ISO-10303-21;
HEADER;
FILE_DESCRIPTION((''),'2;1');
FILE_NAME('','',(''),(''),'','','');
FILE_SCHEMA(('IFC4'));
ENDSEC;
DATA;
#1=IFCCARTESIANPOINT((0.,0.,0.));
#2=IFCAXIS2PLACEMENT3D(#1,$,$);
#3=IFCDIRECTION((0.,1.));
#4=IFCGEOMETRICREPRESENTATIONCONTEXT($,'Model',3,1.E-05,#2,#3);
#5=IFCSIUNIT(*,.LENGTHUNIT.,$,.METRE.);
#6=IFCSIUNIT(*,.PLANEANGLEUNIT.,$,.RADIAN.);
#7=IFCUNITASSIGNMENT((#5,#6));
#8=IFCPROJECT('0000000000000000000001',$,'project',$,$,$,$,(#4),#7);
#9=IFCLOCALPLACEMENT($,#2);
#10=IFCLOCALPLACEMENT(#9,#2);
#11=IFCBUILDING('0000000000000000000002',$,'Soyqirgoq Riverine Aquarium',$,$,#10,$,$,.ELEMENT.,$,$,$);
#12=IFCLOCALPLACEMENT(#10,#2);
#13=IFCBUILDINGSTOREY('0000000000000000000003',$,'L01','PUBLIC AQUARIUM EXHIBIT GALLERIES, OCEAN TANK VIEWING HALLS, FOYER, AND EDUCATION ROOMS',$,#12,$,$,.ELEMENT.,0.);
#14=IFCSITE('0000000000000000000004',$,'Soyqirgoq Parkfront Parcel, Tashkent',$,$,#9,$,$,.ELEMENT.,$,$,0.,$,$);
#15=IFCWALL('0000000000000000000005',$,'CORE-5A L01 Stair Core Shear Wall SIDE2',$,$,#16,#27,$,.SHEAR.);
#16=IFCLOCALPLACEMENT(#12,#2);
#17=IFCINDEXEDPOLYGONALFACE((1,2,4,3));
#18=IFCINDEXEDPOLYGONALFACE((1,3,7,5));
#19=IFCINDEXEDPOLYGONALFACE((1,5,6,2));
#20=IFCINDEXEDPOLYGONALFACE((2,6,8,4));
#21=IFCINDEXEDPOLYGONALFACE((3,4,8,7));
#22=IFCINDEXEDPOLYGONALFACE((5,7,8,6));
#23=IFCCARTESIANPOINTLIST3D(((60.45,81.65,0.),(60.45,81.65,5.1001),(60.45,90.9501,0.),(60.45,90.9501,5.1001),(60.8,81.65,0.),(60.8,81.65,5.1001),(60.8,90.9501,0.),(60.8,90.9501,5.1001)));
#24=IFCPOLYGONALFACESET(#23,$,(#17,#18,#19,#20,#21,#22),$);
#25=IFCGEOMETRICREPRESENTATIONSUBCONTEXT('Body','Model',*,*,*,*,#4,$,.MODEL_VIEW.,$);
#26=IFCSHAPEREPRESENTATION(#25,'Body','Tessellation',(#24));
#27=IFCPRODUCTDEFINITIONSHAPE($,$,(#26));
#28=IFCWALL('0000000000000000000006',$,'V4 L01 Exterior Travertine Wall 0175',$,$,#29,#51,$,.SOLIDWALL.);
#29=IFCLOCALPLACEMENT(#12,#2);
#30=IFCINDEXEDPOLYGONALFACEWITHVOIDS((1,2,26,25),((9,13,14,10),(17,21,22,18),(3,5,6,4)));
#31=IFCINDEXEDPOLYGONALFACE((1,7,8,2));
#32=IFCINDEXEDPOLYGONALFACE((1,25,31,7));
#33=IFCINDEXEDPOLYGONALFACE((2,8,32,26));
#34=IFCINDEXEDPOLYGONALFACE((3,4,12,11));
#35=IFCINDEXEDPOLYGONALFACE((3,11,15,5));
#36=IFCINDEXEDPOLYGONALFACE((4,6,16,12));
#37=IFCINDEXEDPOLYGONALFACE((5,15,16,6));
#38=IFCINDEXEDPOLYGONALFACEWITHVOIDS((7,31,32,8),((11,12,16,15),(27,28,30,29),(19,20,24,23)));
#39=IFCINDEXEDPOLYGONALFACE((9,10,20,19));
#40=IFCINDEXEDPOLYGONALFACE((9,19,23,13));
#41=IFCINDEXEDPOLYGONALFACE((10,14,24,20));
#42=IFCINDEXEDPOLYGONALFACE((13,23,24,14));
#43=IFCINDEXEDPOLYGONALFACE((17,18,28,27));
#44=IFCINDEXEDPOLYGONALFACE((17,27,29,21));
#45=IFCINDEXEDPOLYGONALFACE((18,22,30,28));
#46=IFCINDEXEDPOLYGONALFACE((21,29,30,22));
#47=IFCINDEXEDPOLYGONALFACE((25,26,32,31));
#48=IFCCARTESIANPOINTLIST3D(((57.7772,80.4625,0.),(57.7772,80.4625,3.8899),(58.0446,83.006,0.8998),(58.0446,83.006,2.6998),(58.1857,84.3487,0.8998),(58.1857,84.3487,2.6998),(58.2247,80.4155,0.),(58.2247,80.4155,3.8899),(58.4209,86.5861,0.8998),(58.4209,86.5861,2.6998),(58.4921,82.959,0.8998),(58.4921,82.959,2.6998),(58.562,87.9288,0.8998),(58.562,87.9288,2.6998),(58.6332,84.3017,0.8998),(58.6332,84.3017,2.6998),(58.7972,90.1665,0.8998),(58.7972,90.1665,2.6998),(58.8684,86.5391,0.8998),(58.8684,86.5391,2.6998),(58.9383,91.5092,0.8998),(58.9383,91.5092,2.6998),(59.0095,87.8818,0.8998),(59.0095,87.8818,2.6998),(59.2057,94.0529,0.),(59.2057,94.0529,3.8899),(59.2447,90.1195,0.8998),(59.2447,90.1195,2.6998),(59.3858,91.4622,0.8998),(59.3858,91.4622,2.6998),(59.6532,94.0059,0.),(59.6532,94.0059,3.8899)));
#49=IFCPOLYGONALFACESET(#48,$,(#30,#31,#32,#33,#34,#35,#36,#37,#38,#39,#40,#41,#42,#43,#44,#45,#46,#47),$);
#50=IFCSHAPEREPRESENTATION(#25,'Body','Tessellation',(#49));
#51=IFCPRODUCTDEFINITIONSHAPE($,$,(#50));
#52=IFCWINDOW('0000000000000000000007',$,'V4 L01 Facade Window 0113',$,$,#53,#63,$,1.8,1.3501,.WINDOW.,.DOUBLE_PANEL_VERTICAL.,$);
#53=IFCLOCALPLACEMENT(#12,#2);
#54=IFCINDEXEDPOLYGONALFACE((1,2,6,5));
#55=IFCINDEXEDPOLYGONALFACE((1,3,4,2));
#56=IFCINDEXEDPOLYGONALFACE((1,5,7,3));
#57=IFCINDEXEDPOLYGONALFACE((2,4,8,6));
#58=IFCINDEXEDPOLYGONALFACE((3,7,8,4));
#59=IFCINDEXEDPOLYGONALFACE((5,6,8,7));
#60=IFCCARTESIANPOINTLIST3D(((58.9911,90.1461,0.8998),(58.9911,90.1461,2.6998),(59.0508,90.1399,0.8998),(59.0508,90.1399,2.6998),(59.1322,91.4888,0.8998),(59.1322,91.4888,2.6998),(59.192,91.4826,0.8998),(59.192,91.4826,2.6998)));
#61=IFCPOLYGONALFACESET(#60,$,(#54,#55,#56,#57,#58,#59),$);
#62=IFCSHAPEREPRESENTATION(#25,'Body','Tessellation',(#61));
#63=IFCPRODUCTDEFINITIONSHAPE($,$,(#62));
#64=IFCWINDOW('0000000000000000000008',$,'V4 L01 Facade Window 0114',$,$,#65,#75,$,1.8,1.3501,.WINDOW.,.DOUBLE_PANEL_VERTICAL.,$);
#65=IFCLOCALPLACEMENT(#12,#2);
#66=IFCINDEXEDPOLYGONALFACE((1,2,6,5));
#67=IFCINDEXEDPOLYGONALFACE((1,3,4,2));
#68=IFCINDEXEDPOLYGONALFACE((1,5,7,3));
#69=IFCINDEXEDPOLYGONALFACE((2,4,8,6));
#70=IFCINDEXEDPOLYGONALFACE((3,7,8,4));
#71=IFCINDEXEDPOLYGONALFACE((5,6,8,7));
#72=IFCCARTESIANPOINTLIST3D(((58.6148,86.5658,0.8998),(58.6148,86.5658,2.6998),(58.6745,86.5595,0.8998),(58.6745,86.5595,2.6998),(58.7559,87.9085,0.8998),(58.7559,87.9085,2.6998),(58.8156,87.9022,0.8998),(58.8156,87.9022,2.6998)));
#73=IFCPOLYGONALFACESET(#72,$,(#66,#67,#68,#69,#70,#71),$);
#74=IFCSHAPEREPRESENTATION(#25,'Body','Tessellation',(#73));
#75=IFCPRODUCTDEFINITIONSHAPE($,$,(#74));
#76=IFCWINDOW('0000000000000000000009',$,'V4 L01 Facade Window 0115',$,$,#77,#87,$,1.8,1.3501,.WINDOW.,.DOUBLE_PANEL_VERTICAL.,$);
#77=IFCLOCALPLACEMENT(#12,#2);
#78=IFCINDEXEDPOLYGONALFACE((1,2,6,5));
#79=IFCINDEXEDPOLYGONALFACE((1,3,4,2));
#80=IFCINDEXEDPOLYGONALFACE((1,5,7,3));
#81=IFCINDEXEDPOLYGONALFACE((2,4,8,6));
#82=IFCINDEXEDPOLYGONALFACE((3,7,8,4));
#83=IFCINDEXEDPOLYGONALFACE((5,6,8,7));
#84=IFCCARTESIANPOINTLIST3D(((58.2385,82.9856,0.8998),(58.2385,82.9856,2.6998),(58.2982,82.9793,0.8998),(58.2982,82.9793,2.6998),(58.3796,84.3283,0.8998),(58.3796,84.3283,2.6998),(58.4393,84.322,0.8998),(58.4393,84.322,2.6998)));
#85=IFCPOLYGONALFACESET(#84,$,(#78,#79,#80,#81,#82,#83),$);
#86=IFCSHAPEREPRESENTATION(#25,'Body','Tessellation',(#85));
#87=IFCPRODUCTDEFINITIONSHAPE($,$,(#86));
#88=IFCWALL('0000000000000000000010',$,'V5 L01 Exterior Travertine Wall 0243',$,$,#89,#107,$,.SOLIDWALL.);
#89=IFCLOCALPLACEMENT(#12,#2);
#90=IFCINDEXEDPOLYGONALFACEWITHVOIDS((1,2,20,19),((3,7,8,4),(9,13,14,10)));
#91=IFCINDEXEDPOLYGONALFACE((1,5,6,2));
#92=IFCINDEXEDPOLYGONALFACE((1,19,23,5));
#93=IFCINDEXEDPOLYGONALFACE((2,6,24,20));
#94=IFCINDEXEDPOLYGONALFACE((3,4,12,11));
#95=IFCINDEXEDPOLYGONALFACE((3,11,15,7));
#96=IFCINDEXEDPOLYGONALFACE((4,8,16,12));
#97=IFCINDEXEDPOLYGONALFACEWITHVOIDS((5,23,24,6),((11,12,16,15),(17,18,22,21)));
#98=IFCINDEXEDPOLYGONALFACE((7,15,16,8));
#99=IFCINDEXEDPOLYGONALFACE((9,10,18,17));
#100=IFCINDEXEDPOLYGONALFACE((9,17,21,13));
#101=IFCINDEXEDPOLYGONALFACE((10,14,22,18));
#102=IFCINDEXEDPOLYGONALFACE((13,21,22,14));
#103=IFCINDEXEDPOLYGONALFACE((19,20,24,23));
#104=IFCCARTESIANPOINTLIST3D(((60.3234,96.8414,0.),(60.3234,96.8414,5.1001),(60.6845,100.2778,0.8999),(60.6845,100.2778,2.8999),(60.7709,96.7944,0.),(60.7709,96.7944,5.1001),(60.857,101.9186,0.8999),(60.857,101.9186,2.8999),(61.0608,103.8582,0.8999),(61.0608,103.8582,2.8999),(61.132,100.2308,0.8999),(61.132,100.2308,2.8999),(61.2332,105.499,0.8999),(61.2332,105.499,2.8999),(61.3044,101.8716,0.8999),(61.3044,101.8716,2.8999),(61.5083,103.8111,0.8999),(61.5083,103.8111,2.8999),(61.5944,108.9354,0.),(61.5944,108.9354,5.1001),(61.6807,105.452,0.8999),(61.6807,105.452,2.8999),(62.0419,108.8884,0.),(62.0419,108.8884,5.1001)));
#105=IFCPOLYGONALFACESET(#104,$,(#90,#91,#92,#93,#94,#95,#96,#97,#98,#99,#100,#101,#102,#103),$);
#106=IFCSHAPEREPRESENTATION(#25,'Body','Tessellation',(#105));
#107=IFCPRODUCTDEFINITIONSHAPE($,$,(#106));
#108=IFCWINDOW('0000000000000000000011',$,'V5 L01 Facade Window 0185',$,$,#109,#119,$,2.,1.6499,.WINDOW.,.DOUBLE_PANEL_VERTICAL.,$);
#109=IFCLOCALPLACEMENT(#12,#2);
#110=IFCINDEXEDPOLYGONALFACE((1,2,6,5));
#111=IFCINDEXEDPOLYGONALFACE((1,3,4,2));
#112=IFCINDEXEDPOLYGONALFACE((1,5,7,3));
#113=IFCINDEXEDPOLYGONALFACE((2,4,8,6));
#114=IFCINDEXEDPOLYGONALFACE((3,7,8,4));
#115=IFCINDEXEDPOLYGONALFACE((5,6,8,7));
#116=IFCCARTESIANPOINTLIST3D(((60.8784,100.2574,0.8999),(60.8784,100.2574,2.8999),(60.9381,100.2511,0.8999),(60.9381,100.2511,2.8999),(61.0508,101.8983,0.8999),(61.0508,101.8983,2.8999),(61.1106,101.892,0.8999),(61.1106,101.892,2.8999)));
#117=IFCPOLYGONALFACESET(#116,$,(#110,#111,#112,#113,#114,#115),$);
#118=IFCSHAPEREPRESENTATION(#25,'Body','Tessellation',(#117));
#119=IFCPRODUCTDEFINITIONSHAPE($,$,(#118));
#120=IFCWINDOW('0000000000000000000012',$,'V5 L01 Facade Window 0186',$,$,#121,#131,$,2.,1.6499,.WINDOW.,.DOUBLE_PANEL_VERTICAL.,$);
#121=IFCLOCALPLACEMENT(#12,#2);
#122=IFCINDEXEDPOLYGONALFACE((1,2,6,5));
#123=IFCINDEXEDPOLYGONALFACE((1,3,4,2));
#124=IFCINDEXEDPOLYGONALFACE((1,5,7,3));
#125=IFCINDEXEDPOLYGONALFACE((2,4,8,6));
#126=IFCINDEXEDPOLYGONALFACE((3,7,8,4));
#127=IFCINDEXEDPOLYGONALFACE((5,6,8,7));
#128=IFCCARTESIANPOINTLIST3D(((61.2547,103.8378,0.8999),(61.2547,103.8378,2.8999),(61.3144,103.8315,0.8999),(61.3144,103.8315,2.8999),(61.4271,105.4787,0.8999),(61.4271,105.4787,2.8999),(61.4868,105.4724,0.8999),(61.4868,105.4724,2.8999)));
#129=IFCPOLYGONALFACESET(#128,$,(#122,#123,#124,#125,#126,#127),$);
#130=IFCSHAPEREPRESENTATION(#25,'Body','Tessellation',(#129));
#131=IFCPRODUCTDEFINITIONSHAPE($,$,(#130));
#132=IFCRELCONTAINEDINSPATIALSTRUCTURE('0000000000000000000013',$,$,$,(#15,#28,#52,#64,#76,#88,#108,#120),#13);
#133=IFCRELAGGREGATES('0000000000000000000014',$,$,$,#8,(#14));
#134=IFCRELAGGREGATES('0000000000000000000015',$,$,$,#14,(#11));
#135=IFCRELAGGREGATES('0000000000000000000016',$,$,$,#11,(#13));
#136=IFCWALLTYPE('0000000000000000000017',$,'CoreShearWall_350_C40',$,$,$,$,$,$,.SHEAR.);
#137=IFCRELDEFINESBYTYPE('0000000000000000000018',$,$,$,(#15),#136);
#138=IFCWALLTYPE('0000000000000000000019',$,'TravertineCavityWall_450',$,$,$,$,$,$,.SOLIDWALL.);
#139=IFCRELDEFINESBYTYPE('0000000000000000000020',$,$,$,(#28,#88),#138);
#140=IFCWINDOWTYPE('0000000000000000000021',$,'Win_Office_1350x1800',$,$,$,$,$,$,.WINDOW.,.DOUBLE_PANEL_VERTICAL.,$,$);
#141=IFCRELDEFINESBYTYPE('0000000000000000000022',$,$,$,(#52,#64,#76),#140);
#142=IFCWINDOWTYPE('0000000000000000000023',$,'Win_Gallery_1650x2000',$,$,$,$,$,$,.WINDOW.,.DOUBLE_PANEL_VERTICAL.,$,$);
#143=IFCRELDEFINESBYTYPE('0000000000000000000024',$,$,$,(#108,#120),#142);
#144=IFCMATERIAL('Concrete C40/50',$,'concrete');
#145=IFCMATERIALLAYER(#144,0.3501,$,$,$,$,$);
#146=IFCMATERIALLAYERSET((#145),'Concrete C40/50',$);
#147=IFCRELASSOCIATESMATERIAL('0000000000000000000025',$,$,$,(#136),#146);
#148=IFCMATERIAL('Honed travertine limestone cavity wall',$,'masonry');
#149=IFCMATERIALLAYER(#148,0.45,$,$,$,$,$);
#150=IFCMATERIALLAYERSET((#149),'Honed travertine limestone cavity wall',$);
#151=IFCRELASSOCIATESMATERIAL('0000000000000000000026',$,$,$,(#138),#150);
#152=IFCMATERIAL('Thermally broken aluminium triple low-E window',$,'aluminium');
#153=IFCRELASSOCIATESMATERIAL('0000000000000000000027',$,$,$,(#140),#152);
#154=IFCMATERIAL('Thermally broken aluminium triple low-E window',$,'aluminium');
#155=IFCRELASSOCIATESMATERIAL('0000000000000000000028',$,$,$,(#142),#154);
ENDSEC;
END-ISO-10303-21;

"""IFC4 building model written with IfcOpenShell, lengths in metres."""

from ifc_helpers import new_model, si_unit, direction, frame, frame_2d, origin, place, context, subcontext, project, spatial, rectangle, extrude, material, layer, layer_set, type_object, element, fill, save


model = new_model("IFC4")

# Units and contexts
model_context = context("Model", 3, precision=1e-05, world=origin(), true_north=direction((0.0, 1.0)))
body_context = subcontext(model_context, "Body", "Model", "MODEL_VIEW")
ifc_project = project(units=[si_unit("LENGTHUNIT", "METRE"), si_unit("PLANEANGLEUNIT", "RADIAN")], contexts=[model_context])

# Site, building, storey
site_placement = place(None, origin())
site = spatial("IfcSite", under=ifc_project, at=site_placement, Name="Soyqirgoq Parkfront Parcel, Tashkent", CompositionType="ELEMENT", RefElevation=0.0)
building_placement = place(site_placement, origin())
building = spatial("IfcBuilding", under=site, at=building_placement, Name="Soyqirgoq Riverine Aquarium", CompositionType="ELEMENT")
storey_placement = place(building_placement, origin())
storey = spatial("IfcBuildingStorey", under=building, at=storey_placement, Name="L01", Description="PUBLIC AQUARIUM EXHIBIT GALLERIES, OCEAN TANK VIEWING HALLS, FOYER, AND EDUCATION ROOMS", CompositionType="ELEMENT", Elevation=0.0)

# Wall
ifc_material_1 = material(Name="Concrete C40/50", Category="concrete")
ifc_layer_1 = layer(ifc_material_1, 0.3501)
ifc_layer_set_1 = layer_set([ifc_layer_1], Name="Concrete C40/50")
wall_type_1 = type_object("IfcWallType", Name="CoreShearWall_350_C40", PredefinedType="SHEAR", material=ifc_layer_set_1)
wall_1_placement = place(storey_placement, frame((60.625, 90.95, 0.0), z_axis=(0.0, 0.0, 1.0), x_axis=(0.0, -1.0, 0.0)))
element("IfcWall", 1, at=wall_1_placement, inside=storey, type_object=wall_type_1, Name="CORE-5A L01 Stair Core Shear Wall SIDE2", PredefinedType="SHEAR", context=body_context, shape_type="SweptSolid", body=[
    extrude(rectangle(XDim=9.3, YDim=0.3501, at=frame_2d((4.6499, 0.0))), origin(), (0.0, 0.0, 1.0), 5.1001),
])

# Walls, openings, windows
ifc_material_2 = material(Name="Honed travertine limestone cavity wall", Category="masonry")
ifc_layer_2 = layer(ifc_material_2, 0.45)
ifc_layer_set_2 = layer_set([ifc_layer_2], Name="Honed travertine limestone cavity wall")
wall_type_2 = type_object("IfcWallType", Name="TravertineCavityWall_450", PredefinedType="SOLIDWALL", material=ifc_layer_set_2)
wall_2_placement = place(storey_placement, frame((59.4294, 94.0293, 0.0), z_axis=(0.0, 0.0, 1.0), x_axis=(-0.104533, -0.994521, 0.0)))
wall_2 = element("IfcWall", 2, at=wall_2_placement, inside=storey, type_object=wall_type_2, Name="V4 L01 Exterior Travertine Wall 0175", PredefinedType="SOLIDWALL", context=body_context, shape_type="SweptSolid", body=[
    extrude(rectangle(XDim=13.6653, YDim=0.45, at=frame_2d((6.8325, 0.0))), origin(), (0.0, 0.0, 1.0), 3.8899),
])
opening_1_placement = place(wall_2_placement, frame((2.5576, 0.0, 0.8999)))
opening_1 = element("IfcOpeningElement", 3, at=opening_1_placement, cuts=wall_2, PredefinedType="OPENING", context=body_context, shape_type="SweptSolid", body=[
    extrude(rectangle(XDim=1.3501, YDim=1.8, at=frame_2d((0.675, 0.8999))), frame((0.0, 0.2349, 0.0), z_axis=(0.0, -1.0, 0.0), x_axis=(1.0, 0.0, 0.0)), (0.0, 0.0, 1.0), 0.47),
])
opening_2_placement = place(wall_2_placement, frame((6.1577, 0.0, 0.8999)))
opening_2 = element("IfcOpeningElement", 4, at=opening_2_placement, cuts=wall_2, PredefinedType="OPENING", context=body_context, shape_type="SweptSolid", body=[
    extrude(rectangle(XDim=1.3501, YDim=1.8, at=frame_2d((0.675, 0.8999))), frame((0.0, 0.2349, 0.0), z_axis=(0.0, -1.0, 0.0), x_axis=(1.0, 0.0, 0.0)), (0.0, 0.0, 1.0), 0.47),
])
opening_3_placement = place(wall_2_placement, frame((9.7576, 0.0, 0.8999)))
opening_3 = element("IfcOpeningElement", 5, at=opening_3_placement, cuts=wall_2, PredefinedType="OPENING", context=body_context, shape_type="SweptSolid", body=[
    extrude(rectangle(XDim=1.3501, YDim=1.8, at=frame_2d((0.675, 0.8999))), frame((0.0, 0.2349, 0.0), z_axis=(0.0, -1.0, 0.0), x_axis=(1.0, 0.0, 0.0)), (0.0, 0.0, 1.0), 0.47),
])
ifc_material_3 = material(Name="Thermally broken aluminium triple low-E window", Category="aluminium")
window_type_1 = type_object("IfcWindowType", Name="Win_Office_1350x1800", PartitioningType="DOUBLE_PANEL_VERTICAL", PredefinedType="WINDOW", material=ifc_material_3)
window_1_placement = place(opening_1_placement, origin())
window_1 = element("IfcWindow", 6, at=window_1_placement, inside=storey, type_object=window_type_1, Name="V4 L01 Facade Window 0113", OverallHeight=1.8, OverallWidth=1.3501, PartitioningType="DOUBLE_PANEL_VERTICAL", PredefinedType="WINDOW", context=body_context, shape_type="SweptSolid", body=[
    extrude(rectangle(XDim=1.3501, YDim=1.8, at=frame_2d((0.675, 0.8999))), frame((0.0, 0.03, 0.0), z_axis=(0.0, -1.0, 0.0), x_axis=(1.0, 0.0, 0.0)), (0.0, 0.0, 1.0), 0.0601),
])
fill(opening_1, window_1)
window_2_placement = place(opening_2_placement, origin())
window_2 = element("IfcWindow", 7, at=window_2_placement, inside=storey, type_object=window_type_1, Name="V4 L01 Facade Window 0114", OverallHeight=1.8, OverallWidth=1.3501, PartitioningType="DOUBLE_PANEL_VERTICAL", PredefinedType="WINDOW", context=body_context, shape_type="SweptSolid", body=[
    extrude(rectangle(XDim=1.3501, YDim=1.8, at=frame_2d((0.675, 0.8999))), frame((0.0, 0.03, 0.0), z_axis=(0.0, -1.0, 0.0), x_axis=(1.0, 0.0, 0.0)), (0.0, 0.0, 1.0), 0.0601),
])
fill(opening_2, window_2)
window_3_placement = place(opening_3_placement, origin())
window_3 = element("IfcWindow", 8, at=window_3_placement, inside=storey, type_object=window_type_1, Name="V4 L01 Facade Window 0115", OverallHeight=1.8, OverallWidth=1.3501, PartitioningType="DOUBLE_PANEL_VERTICAL", PredefinedType="WINDOW", context=body_context, shape_type="SweptSolid", body=[
    extrude(rectangle(XDim=1.3501, YDim=1.8, at=frame_2d((0.675, 0.8999))), frame((0.0, 0.03, 0.0), z_axis=(0.0, -1.0, 0.0), x_axis=(1.0, 0.0, 0.0)), (0.0, 0.0, 1.0), 0.0601),
])
fill(opening_3, window_3)
wall_3_placement = place(storey_placement, frame((60.5471, 96.8179, 0.0), z_axis=(0.0, 0.0, 1.0), x_axis=(0.104518, 0.994523, 0.0)))
wall_3 = element("IfcWall", 9, at=wall_3_placement, inside=storey, type_object=wall_type_2, Name="V5 L01 Exterior Travertine Wall 0243", PredefinedType="SOLIDWALL", context=body_context, shape_type="SweptSolid", body=[
    extrude(rectangle(XDim=12.1606, YDim=0.45, at=frame_2d((6.0803, 0.0))), origin(), (0.0, 0.0, 1.0), 5.1001),
])
opening_4_placement = place(wall_3_placement, frame((3.4553, 0.0, 0.8999)))
opening_4 = element("IfcOpeningElement", 10, at=opening_4_placement, cuts=wall_3, PredefinedType="OPENING", context=body_context, shape_type="SweptSolid", body=[
    extrude(rectangle(XDim=1.6499, YDim=2.0, at=frame_2d((0.825, 1.0))), frame((0.0, 0.2349, 0.0), z_axis=(0.0, -1.0, 0.0), x_axis=(1.0, 0.0, 0.0)), (0.0, 0.0, 1.0), 0.47),
])
opening_5_placement = place(wall_3_placement, frame((7.0554, 0.0, 0.8999)))
opening_5 = element("IfcOpeningElement", 11, at=opening_5_placement, cuts=wall_3, PredefinedType="OPENING", context=body_context, shape_type="SweptSolid", body=[
    extrude(rectangle(XDim=1.6499, YDim=2.0, at=frame_2d((0.825, 1.0))), frame((0.0, 0.2349, 0.0), z_axis=(0.0, -1.0, 0.0), x_axis=(1.0, 0.0, 0.0)), (0.0, 0.0, 1.0), 0.47),
])
ifc_material_4 = material(Name="Thermally broken aluminium triple low-E window", Category="aluminium")
window_type_2 = type_object("IfcWindowType", Name="Win_Gallery_1650x2000", PartitioningType="DOUBLE_PANEL_VERTICAL", PredefinedType="WINDOW", material=ifc_material_4)
window_4_placement = place(opening_4_placement, origin())
window_4 = element("IfcWindow", 12, at=window_4_placement, inside=storey, type_object=window_type_2, Name="V5 L01 Facade Window 0185", OverallHeight=2.0, OverallWidth=1.6499, PartitioningType="DOUBLE_PANEL_VERTICAL", PredefinedType="WINDOW", context=body_context, shape_type="SweptSolid", body=[
    extrude(rectangle(XDim=1.6499, YDim=2.0, at=frame_2d((0.825, 1.0))), frame((0.0, 0.03, 0.0), z_axis=(0.0, -1.0, 0.0), x_axis=(1.0, 0.0, 0.0)), (0.0, 0.0, 1.0), 0.0601),
])
fill(opening_4, window_4)
window_5_placement = place(opening_5_placement, origin())
window_5 = element("IfcWindow", 13, at=window_5_placement, inside=storey, type_object=window_type_2, Name="V5 L01 Facade Window 0186", OverallHeight=2.0, OverallWidth=1.6499, PartitioningType="DOUBLE_PANEL_VERTICAL", PredefinedType="WINDOW", context=body_context, shape_type="SweptSolid", body=[
    extrude(rectangle(XDim=1.6499, YDim=2.0, at=frame_2d((0.825, 1.0))), frame((0.0, 0.03, 0.0), z_axis=(0.0, -1.0, 0.0), x_axis=(1.0, 0.0, 0.0)), (0.0, 0.0, 1.0), 0.0601),
])
fill(opening_5, window_5)

save(model, "model.ifc")
